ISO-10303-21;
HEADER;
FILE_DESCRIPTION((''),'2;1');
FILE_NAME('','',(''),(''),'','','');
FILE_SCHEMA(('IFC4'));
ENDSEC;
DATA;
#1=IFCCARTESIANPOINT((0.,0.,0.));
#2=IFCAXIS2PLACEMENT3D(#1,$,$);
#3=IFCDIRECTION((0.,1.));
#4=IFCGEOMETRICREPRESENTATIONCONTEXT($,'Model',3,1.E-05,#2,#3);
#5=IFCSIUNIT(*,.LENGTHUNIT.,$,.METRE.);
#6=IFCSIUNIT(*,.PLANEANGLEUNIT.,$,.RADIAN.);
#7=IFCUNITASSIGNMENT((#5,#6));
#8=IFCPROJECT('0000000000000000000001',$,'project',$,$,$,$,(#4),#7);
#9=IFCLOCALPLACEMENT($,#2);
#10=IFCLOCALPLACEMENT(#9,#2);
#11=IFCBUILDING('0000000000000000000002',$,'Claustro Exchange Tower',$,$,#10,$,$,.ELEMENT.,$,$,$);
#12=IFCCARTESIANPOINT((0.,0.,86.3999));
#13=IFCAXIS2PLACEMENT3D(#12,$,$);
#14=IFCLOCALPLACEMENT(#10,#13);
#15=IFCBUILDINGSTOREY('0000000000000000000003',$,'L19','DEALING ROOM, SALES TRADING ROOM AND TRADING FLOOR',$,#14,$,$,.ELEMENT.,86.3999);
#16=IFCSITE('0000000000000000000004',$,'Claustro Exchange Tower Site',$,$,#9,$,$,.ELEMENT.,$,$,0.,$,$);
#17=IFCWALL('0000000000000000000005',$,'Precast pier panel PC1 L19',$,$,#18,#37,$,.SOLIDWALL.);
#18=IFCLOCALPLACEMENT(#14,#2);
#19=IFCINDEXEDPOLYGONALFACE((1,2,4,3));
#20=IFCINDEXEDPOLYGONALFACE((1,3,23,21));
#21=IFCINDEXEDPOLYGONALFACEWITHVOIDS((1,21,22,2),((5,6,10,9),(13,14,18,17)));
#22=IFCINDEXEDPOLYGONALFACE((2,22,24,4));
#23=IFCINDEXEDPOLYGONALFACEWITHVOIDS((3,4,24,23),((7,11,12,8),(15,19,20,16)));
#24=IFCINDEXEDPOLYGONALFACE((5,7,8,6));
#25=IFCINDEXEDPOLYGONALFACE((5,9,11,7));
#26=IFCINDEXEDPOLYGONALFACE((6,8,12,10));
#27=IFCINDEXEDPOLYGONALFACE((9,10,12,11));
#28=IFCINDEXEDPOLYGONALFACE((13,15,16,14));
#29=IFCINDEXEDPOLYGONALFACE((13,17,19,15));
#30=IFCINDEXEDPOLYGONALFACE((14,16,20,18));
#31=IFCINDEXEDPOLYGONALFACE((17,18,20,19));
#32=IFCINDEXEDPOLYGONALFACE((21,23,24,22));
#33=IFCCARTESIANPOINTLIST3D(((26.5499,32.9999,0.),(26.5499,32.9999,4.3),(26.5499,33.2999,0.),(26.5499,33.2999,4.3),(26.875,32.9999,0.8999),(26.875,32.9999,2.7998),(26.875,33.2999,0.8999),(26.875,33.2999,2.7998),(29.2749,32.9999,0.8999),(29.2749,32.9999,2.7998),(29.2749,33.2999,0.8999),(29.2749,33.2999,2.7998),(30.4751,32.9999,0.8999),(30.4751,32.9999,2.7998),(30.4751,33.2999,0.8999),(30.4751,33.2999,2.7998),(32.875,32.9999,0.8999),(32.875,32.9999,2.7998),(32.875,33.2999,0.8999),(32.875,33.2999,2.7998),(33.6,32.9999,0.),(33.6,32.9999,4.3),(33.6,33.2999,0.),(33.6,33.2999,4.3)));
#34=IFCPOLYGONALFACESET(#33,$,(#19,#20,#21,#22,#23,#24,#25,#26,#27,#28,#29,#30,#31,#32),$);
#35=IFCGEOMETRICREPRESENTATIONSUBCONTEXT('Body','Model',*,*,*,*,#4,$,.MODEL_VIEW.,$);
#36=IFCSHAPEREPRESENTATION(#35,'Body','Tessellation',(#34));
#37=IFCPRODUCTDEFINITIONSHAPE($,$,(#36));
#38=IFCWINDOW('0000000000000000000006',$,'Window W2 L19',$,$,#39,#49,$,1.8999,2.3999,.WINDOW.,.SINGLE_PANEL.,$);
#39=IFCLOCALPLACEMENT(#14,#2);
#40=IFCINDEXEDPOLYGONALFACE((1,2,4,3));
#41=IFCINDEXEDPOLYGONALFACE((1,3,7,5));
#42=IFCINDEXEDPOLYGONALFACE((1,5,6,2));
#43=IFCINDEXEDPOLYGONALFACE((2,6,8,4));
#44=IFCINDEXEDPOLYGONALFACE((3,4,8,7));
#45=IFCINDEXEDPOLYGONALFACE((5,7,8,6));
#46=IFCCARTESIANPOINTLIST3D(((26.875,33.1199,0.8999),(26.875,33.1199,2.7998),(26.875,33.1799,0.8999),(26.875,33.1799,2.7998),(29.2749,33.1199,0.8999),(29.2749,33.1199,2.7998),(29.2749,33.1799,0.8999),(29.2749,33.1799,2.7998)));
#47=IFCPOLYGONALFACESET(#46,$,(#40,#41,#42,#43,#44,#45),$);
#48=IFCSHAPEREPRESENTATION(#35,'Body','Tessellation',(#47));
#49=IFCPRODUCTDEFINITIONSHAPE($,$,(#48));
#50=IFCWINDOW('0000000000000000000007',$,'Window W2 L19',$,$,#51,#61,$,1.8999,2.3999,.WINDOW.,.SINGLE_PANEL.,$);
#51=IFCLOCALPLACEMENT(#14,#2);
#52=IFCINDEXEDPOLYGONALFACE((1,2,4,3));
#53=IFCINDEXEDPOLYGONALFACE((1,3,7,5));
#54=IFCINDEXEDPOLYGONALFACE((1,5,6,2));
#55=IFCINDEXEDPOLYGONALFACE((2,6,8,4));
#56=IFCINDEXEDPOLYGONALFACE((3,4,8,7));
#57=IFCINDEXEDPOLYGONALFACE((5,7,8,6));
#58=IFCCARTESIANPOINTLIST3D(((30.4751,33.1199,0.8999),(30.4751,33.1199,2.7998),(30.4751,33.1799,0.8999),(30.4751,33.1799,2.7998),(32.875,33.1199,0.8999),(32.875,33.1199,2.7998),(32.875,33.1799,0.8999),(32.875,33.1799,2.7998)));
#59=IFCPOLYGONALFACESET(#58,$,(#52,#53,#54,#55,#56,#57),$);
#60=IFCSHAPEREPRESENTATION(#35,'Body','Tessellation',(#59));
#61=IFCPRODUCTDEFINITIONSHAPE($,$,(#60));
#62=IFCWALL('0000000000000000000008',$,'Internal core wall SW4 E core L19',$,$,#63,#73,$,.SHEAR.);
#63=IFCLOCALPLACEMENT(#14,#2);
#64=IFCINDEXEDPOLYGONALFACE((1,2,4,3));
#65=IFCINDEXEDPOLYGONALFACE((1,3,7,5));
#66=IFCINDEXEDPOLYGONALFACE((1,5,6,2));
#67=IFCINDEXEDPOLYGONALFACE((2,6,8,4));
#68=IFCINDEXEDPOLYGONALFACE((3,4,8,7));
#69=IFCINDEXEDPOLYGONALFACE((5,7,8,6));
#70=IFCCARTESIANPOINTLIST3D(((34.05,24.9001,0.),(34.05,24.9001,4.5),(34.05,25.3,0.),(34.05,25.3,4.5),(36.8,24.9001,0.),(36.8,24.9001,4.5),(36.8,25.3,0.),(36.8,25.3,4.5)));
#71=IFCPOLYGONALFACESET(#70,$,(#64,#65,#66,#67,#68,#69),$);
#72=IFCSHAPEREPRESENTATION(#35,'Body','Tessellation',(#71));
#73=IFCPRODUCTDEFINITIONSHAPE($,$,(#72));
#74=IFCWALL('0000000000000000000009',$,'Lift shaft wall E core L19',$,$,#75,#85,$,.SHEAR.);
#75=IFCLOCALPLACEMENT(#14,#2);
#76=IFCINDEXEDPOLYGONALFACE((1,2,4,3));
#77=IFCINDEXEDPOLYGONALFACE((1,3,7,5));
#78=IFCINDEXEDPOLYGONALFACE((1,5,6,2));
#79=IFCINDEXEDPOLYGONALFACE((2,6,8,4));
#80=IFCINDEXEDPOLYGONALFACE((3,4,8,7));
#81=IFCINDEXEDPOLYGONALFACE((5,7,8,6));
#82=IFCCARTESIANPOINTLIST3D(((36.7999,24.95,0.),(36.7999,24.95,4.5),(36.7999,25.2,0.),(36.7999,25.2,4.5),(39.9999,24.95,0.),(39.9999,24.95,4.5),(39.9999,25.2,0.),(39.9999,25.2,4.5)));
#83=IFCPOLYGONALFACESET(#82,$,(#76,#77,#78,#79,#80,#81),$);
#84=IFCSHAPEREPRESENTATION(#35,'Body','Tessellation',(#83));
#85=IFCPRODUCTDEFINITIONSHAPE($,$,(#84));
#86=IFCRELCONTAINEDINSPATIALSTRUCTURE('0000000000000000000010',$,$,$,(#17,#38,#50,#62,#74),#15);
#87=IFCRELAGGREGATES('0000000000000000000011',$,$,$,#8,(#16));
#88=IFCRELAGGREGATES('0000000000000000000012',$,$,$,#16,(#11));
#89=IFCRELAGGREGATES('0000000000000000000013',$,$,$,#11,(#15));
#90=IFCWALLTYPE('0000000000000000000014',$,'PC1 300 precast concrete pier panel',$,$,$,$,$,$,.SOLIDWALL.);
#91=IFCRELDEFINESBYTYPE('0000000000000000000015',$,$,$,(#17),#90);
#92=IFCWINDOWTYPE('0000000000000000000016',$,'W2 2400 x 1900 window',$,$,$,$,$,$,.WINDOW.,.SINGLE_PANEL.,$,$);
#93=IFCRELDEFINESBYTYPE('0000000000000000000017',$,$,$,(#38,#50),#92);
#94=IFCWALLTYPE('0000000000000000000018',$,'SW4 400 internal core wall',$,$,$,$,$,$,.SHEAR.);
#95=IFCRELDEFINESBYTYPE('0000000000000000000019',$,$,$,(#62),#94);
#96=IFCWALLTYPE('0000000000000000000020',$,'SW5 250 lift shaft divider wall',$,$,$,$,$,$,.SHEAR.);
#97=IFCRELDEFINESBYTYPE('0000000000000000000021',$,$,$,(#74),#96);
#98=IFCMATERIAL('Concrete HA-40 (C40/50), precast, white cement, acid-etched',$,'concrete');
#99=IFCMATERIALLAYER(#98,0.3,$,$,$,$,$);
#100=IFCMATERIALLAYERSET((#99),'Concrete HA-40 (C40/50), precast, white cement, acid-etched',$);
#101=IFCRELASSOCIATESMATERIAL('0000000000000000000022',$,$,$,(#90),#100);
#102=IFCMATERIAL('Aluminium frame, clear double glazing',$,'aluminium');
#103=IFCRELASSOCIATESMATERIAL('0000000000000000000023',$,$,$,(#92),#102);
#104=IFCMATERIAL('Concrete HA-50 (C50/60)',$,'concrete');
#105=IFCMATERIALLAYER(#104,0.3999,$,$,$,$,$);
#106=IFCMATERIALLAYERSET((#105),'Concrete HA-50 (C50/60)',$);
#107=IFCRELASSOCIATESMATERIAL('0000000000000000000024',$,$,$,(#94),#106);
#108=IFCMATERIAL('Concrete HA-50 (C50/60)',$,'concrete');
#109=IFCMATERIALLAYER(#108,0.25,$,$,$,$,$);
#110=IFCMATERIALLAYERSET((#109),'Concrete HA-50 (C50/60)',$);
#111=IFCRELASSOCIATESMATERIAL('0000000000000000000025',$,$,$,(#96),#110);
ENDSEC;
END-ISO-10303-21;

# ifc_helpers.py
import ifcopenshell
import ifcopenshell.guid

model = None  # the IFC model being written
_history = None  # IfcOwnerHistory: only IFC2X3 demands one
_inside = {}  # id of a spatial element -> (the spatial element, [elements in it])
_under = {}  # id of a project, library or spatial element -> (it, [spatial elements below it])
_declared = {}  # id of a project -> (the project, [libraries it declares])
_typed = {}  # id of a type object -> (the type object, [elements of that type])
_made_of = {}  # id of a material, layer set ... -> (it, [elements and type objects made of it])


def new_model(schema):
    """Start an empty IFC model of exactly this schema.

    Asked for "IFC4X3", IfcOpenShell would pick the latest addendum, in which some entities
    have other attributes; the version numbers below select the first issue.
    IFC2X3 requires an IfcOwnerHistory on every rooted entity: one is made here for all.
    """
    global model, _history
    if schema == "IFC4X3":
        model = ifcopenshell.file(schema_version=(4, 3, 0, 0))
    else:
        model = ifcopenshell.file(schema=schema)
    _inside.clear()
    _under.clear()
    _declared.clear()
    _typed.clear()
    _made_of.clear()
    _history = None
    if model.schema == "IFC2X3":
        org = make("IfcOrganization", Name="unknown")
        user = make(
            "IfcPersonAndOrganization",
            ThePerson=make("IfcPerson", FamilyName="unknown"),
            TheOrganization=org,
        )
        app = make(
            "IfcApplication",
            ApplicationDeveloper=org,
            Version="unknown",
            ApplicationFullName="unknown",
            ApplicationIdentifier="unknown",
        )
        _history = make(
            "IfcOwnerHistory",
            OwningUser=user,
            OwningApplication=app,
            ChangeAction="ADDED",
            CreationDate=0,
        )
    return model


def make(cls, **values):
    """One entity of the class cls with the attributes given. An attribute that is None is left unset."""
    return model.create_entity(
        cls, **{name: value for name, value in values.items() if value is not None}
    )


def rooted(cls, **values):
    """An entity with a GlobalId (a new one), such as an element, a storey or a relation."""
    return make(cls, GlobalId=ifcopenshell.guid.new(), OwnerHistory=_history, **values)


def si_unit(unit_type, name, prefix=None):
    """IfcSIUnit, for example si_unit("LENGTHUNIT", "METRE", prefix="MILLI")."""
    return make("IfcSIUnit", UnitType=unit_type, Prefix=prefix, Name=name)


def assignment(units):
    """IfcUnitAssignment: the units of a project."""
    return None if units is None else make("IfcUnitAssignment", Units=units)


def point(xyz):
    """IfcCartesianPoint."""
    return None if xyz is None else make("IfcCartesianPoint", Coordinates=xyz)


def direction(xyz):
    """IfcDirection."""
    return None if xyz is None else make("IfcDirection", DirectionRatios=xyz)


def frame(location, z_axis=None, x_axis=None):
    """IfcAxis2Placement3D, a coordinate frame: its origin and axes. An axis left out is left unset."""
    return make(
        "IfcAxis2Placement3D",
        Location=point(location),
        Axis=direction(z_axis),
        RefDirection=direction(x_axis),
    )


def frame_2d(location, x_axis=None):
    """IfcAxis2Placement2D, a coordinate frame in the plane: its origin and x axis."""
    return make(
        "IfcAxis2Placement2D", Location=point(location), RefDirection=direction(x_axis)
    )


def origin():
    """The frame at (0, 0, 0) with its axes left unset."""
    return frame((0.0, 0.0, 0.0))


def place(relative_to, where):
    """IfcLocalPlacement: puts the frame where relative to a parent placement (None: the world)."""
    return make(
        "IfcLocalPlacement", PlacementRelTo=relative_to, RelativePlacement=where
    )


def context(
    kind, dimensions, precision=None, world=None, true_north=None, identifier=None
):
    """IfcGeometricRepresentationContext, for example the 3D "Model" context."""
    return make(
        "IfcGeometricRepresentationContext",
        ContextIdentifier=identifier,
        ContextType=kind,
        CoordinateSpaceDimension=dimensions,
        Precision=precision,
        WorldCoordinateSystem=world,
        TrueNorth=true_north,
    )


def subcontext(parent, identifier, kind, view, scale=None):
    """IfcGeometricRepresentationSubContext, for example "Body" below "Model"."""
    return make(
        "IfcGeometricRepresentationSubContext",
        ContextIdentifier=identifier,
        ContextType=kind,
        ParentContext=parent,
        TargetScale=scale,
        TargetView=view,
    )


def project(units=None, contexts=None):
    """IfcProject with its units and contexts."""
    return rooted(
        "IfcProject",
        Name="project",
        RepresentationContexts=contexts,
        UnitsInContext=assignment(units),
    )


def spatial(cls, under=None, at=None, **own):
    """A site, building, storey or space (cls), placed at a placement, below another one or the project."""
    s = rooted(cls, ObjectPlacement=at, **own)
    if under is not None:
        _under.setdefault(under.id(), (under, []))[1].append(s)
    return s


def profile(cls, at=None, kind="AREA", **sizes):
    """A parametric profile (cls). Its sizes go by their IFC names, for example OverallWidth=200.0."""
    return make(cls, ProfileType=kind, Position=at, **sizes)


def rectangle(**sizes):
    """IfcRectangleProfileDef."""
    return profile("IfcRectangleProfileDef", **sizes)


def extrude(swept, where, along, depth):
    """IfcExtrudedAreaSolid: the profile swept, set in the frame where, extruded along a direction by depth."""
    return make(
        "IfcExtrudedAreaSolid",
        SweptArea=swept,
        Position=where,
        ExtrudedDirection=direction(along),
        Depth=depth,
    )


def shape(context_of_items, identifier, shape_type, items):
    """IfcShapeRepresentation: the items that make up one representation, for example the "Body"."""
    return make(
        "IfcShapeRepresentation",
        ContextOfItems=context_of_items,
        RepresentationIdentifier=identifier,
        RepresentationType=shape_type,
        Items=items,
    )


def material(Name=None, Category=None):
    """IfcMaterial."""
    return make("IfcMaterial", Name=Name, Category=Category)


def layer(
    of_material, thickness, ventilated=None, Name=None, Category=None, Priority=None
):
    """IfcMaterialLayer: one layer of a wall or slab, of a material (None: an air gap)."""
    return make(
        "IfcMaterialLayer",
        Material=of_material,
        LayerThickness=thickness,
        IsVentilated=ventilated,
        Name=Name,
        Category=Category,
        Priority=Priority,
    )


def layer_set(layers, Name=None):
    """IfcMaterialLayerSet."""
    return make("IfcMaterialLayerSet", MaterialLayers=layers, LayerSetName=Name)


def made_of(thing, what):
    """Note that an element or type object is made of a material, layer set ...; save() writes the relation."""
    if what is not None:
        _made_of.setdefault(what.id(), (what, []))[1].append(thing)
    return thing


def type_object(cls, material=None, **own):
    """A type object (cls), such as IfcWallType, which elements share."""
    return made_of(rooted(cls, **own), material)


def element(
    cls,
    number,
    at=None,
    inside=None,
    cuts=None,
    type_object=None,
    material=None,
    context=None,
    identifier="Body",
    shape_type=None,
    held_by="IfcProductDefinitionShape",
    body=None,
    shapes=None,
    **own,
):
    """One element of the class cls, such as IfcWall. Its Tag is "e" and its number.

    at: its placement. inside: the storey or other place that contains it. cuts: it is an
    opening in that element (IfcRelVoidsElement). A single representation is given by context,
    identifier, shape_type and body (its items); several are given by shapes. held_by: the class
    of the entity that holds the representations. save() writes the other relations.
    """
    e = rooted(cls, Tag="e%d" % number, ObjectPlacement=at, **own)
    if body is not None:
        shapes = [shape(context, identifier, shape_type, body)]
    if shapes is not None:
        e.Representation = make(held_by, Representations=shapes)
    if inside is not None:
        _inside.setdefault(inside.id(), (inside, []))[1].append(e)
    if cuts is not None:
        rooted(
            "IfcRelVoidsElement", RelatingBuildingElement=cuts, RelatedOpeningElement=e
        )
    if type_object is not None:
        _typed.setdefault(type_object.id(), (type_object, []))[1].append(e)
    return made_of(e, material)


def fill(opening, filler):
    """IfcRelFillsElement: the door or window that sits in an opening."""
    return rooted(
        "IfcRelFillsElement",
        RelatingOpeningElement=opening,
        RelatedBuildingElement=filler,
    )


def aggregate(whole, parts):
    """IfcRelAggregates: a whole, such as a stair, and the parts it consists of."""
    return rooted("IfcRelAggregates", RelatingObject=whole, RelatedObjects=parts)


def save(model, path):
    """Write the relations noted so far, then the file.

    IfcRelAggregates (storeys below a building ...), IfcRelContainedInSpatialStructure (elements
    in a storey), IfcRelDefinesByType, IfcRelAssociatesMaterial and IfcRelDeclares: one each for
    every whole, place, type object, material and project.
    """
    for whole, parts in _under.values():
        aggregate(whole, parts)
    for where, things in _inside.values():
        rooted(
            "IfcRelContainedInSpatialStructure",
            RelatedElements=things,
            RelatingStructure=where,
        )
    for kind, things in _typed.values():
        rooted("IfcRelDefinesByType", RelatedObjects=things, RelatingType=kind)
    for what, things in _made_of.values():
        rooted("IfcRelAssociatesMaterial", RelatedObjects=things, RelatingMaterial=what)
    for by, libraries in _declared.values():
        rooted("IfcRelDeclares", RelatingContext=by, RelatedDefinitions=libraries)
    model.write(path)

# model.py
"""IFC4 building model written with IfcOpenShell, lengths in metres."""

from ifc_helpers import new_model, si_unit, direction, frame, frame_2d, origin, place, context, subcontext, project, spatial, rectangle, extrude, material, layer, layer_set, type_object, element, fill, save


model = new_model("IFC4")

# Units and contexts
model_context = context("Model", 3, precision=1e-05, world=origin(), true_north=direction((0.0, 1.0)))
body_context = subcontext(model_context, "Body", "Model", "MODEL_VIEW")
ifc_project = project(units=[si_unit("LENGTHUNIT", "METRE"), si_unit("PLANEANGLEUNIT", "RADIAN")], contexts=[model_context])

# Site, building, storey
site_placement = place(None, origin())
site = spatial("IfcSite", under=ifc_project, at=site_placement, Name="Claustro Exchange Tower Site", CompositionType="ELEMENT", RefElevation=0.0)
building_placement = place(site_placement, origin())
building = spatial("IfcBuilding", under=site, at=building_placement, Name="Claustro Exchange Tower", CompositionType="ELEMENT")
storey_placement = place(building_placement, frame((0.0, 0.0, 86.3999)))
storey = spatial("IfcBuildingStorey", under=building, at=storey_placement, Name="L19", Description="DEALING ROOM, SALES TRADING ROOM AND TRADING FLOOR", CompositionType="ELEMENT", Elevation=86.3999)

# Wall, openings, windows
ifc_material_1 = material(Name="Concrete HA-40 (C40/50), precast, white cement, acid-etched", Category="concrete")
ifc_layer_1 = layer(ifc_material_1, 0.3)
ifc_layer_set_1 = layer_set([ifc_layer_1], Name="Concrete HA-40 (C40/50), precast, white cement, acid-etched")
wall_type_1 = type_object("IfcWallType", Name="PC1 300 precast concrete pier panel", PredefinedType="SOLIDWALL", material=ifc_layer_set_1)
wall_1_placement = place(storey_placement, frame((26.55, 33.1499, 0.0), z_axis=(0.0, 0.0, 1.0), x_axis=(1.0, 0.0, 0.0)))
wall_1 = element("IfcWall", 1, at=wall_1_placement, inside=storey, type_object=wall_type_1, Name="Precast pier panel PC1 L19", PredefinedType="SOLIDWALL", context=body_context, shape_type="SweptSolid", body=[
    extrude(rectangle(XDim=7.05, YDim=0.3, at=frame_2d((3.5249, 0.0))), origin(), (0.0, 0.0, 1.0), 4.3),
])
opening_1_placement = place(wall_1_placement, frame((0.325, 0.0, 0.8999)))
opening_1 = element("IfcOpeningElement", 2, at=opening_1_placement, cuts=wall_1, PredefinedType="OPENING", context=body_context, shape_type="SweptSolid", body=[
    extrude(rectangle(XDim=2.3999, YDim=1.8999, at=frame_2d((1.2, 0.95))), frame((0.0, 0.1599, 0.0), z_axis=(0.0, -1.0, 0.0), x_axis=(1.0, 0.0, 0.0)), (0.0, 0.0, 1.0), 0.3201),
])
opening_2_placement = place(wall_1_placement, frame((3.925, 0.0, 0.8999)))
opening_2 = element("IfcOpeningElement", 3, at=opening_2_placement, cuts=wall_1, PredefinedType="OPENING", context=body_context, shape_type="SweptSolid", body=[
    extrude(rectangle(XDim=2.3999, YDim=1.8999, at=frame_2d((1.2, 0.95))), frame((0.0, 0.1599, 0.0), z_axis=(0.0, -1.0, 0.0), x_axis=(1.0, 0.0, 0.0)), (0.0, 0.0, 1.0), 0.3201),
])
ifc_material_2 = material(Name="Aluminium frame, clear double glazing", Category="aluminium")
window_type = type_object("IfcWindowType", Name="W2 2400 x 1900 window", PartitioningType="SINGLE_PANEL", PredefinedType="WINDOW", material=ifc_material_2)
window_1_placement = place(opening_1_placement, origin())
window_1 = element("IfcWindow", 4, at=window_1_placement, inside=storey, type_object=window_type, Name="Window W2 L19", OverallHeight=1.8999, OverallWidth=2.3999, PartitioningType="SINGLE_PANEL", PredefinedType="WINDOW", context=body_context, shape_type="SweptSolid", body=[
    extrude(rectangle(XDim=2.3999, YDim=1.8999, at=frame_2d((1.2, 0.95))), frame((0.0, 0.03, 0.0), z_axis=(0.0, -1.0, 0.0), x_axis=(1.0, 0.0, 0.0)), (0.0, 0.0, 1.0), 0.0601),
])
fill(opening_1, window_1)
window_2_placement = place(opening_2_placement, origin())
window_2 = element("IfcWindow", 5, at=window_2_placement, inside=storey, type_object=window_type, Name="Window W2 L19", OverallHeight=1.8999, OverallWidth=2.3999, PartitioningType="SINGLE_PANEL", PredefinedType="WINDOW", context=body_context, shape_type="SweptSolid", body=[
    extrude(rectangle(XDim=2.3999, YDim=1.8999, at=frame_2d((1.2, 0.95))), frame((0.0, 0.03, 0.0), z_axis=(0.0, -1.0, 0.0), x_axis=(1.0, 0.0, 0.0)), (0.0, 0.0, 1.0), 0.0601),
])
fill(opening_2, window_2)

# Walls
ifc_material_3 = material(Name="Concrete HA-50 (C50/60)", Category="concrete")
ifc_layer_2 = layer(ifc_material_3, 0.3999)
ifc_layer_set_2 = layer_set([ifc_layer_2], Name="Concrete HA-50 (C50/60)")
wall_type_2 = type_object("IfcWallType", Name="SW4 400 internal core wall", PredefinedType="SHEAR", material=ifc_layer_set_2)
wall_2_placement = place(storey_placement, frame((36.8, 25.1001, 0.0), z_axis=(0.0, 0.0, 1.0), x_axis=(-1.0, 0.0, 0.0)))
element("IfcWall", 6, at=wall_2_placement, inside=storey, type_object=wall_type_2, Name="Internal core wall SW4 E core L19", PredefinedType="SHEAR", context=body_context, shape_type="SweptSolid", body=[
    extrude(rectangle(XDim=2.75, YDim=0.3999, at=frame_2d((1.375, 0.0))), origin(), (0.0, 0.0, 1.0), 4.5),
])
ifc_material_4 = material(Name="Concrete HA-50 (C50/60)", Category="concrete")
ifc_layer_3 = layer(ifc_material_4, 0.25)
ifc_layer_set_3 = layer_set([ifc_layer_3], Name="Concrete HA-50 (C50/60)")
wall_type_3 = type_object("IfcWallType", Name="SW5 250 lift shaft divider wall", PredefinedType="SHEAR", material=ifc_layer_set_3)
wall_3_placement = place(storey_placement, frame((40.0, 25.075, 0.0), z_axis=(0.0, 0.0, 1.0), x_axis=(-1.0, 0.0, 0.0)))
element("IfcWall", 7, at=wall_3_placement, inside=storey, type_object=wall_type_3, Name="Lift shaft wall E core L19", PredefinedType="SHEAR", context=body_context, shape_type="SweptSolid", body=[
    extrude(rectangle(XDim=3.2, YDim=0.25, at=frame_2d((1.6001, 0.0))), origin(), (0.0, 0.0, 1.0), 4.5),
])

save(model, "model.ifc")
